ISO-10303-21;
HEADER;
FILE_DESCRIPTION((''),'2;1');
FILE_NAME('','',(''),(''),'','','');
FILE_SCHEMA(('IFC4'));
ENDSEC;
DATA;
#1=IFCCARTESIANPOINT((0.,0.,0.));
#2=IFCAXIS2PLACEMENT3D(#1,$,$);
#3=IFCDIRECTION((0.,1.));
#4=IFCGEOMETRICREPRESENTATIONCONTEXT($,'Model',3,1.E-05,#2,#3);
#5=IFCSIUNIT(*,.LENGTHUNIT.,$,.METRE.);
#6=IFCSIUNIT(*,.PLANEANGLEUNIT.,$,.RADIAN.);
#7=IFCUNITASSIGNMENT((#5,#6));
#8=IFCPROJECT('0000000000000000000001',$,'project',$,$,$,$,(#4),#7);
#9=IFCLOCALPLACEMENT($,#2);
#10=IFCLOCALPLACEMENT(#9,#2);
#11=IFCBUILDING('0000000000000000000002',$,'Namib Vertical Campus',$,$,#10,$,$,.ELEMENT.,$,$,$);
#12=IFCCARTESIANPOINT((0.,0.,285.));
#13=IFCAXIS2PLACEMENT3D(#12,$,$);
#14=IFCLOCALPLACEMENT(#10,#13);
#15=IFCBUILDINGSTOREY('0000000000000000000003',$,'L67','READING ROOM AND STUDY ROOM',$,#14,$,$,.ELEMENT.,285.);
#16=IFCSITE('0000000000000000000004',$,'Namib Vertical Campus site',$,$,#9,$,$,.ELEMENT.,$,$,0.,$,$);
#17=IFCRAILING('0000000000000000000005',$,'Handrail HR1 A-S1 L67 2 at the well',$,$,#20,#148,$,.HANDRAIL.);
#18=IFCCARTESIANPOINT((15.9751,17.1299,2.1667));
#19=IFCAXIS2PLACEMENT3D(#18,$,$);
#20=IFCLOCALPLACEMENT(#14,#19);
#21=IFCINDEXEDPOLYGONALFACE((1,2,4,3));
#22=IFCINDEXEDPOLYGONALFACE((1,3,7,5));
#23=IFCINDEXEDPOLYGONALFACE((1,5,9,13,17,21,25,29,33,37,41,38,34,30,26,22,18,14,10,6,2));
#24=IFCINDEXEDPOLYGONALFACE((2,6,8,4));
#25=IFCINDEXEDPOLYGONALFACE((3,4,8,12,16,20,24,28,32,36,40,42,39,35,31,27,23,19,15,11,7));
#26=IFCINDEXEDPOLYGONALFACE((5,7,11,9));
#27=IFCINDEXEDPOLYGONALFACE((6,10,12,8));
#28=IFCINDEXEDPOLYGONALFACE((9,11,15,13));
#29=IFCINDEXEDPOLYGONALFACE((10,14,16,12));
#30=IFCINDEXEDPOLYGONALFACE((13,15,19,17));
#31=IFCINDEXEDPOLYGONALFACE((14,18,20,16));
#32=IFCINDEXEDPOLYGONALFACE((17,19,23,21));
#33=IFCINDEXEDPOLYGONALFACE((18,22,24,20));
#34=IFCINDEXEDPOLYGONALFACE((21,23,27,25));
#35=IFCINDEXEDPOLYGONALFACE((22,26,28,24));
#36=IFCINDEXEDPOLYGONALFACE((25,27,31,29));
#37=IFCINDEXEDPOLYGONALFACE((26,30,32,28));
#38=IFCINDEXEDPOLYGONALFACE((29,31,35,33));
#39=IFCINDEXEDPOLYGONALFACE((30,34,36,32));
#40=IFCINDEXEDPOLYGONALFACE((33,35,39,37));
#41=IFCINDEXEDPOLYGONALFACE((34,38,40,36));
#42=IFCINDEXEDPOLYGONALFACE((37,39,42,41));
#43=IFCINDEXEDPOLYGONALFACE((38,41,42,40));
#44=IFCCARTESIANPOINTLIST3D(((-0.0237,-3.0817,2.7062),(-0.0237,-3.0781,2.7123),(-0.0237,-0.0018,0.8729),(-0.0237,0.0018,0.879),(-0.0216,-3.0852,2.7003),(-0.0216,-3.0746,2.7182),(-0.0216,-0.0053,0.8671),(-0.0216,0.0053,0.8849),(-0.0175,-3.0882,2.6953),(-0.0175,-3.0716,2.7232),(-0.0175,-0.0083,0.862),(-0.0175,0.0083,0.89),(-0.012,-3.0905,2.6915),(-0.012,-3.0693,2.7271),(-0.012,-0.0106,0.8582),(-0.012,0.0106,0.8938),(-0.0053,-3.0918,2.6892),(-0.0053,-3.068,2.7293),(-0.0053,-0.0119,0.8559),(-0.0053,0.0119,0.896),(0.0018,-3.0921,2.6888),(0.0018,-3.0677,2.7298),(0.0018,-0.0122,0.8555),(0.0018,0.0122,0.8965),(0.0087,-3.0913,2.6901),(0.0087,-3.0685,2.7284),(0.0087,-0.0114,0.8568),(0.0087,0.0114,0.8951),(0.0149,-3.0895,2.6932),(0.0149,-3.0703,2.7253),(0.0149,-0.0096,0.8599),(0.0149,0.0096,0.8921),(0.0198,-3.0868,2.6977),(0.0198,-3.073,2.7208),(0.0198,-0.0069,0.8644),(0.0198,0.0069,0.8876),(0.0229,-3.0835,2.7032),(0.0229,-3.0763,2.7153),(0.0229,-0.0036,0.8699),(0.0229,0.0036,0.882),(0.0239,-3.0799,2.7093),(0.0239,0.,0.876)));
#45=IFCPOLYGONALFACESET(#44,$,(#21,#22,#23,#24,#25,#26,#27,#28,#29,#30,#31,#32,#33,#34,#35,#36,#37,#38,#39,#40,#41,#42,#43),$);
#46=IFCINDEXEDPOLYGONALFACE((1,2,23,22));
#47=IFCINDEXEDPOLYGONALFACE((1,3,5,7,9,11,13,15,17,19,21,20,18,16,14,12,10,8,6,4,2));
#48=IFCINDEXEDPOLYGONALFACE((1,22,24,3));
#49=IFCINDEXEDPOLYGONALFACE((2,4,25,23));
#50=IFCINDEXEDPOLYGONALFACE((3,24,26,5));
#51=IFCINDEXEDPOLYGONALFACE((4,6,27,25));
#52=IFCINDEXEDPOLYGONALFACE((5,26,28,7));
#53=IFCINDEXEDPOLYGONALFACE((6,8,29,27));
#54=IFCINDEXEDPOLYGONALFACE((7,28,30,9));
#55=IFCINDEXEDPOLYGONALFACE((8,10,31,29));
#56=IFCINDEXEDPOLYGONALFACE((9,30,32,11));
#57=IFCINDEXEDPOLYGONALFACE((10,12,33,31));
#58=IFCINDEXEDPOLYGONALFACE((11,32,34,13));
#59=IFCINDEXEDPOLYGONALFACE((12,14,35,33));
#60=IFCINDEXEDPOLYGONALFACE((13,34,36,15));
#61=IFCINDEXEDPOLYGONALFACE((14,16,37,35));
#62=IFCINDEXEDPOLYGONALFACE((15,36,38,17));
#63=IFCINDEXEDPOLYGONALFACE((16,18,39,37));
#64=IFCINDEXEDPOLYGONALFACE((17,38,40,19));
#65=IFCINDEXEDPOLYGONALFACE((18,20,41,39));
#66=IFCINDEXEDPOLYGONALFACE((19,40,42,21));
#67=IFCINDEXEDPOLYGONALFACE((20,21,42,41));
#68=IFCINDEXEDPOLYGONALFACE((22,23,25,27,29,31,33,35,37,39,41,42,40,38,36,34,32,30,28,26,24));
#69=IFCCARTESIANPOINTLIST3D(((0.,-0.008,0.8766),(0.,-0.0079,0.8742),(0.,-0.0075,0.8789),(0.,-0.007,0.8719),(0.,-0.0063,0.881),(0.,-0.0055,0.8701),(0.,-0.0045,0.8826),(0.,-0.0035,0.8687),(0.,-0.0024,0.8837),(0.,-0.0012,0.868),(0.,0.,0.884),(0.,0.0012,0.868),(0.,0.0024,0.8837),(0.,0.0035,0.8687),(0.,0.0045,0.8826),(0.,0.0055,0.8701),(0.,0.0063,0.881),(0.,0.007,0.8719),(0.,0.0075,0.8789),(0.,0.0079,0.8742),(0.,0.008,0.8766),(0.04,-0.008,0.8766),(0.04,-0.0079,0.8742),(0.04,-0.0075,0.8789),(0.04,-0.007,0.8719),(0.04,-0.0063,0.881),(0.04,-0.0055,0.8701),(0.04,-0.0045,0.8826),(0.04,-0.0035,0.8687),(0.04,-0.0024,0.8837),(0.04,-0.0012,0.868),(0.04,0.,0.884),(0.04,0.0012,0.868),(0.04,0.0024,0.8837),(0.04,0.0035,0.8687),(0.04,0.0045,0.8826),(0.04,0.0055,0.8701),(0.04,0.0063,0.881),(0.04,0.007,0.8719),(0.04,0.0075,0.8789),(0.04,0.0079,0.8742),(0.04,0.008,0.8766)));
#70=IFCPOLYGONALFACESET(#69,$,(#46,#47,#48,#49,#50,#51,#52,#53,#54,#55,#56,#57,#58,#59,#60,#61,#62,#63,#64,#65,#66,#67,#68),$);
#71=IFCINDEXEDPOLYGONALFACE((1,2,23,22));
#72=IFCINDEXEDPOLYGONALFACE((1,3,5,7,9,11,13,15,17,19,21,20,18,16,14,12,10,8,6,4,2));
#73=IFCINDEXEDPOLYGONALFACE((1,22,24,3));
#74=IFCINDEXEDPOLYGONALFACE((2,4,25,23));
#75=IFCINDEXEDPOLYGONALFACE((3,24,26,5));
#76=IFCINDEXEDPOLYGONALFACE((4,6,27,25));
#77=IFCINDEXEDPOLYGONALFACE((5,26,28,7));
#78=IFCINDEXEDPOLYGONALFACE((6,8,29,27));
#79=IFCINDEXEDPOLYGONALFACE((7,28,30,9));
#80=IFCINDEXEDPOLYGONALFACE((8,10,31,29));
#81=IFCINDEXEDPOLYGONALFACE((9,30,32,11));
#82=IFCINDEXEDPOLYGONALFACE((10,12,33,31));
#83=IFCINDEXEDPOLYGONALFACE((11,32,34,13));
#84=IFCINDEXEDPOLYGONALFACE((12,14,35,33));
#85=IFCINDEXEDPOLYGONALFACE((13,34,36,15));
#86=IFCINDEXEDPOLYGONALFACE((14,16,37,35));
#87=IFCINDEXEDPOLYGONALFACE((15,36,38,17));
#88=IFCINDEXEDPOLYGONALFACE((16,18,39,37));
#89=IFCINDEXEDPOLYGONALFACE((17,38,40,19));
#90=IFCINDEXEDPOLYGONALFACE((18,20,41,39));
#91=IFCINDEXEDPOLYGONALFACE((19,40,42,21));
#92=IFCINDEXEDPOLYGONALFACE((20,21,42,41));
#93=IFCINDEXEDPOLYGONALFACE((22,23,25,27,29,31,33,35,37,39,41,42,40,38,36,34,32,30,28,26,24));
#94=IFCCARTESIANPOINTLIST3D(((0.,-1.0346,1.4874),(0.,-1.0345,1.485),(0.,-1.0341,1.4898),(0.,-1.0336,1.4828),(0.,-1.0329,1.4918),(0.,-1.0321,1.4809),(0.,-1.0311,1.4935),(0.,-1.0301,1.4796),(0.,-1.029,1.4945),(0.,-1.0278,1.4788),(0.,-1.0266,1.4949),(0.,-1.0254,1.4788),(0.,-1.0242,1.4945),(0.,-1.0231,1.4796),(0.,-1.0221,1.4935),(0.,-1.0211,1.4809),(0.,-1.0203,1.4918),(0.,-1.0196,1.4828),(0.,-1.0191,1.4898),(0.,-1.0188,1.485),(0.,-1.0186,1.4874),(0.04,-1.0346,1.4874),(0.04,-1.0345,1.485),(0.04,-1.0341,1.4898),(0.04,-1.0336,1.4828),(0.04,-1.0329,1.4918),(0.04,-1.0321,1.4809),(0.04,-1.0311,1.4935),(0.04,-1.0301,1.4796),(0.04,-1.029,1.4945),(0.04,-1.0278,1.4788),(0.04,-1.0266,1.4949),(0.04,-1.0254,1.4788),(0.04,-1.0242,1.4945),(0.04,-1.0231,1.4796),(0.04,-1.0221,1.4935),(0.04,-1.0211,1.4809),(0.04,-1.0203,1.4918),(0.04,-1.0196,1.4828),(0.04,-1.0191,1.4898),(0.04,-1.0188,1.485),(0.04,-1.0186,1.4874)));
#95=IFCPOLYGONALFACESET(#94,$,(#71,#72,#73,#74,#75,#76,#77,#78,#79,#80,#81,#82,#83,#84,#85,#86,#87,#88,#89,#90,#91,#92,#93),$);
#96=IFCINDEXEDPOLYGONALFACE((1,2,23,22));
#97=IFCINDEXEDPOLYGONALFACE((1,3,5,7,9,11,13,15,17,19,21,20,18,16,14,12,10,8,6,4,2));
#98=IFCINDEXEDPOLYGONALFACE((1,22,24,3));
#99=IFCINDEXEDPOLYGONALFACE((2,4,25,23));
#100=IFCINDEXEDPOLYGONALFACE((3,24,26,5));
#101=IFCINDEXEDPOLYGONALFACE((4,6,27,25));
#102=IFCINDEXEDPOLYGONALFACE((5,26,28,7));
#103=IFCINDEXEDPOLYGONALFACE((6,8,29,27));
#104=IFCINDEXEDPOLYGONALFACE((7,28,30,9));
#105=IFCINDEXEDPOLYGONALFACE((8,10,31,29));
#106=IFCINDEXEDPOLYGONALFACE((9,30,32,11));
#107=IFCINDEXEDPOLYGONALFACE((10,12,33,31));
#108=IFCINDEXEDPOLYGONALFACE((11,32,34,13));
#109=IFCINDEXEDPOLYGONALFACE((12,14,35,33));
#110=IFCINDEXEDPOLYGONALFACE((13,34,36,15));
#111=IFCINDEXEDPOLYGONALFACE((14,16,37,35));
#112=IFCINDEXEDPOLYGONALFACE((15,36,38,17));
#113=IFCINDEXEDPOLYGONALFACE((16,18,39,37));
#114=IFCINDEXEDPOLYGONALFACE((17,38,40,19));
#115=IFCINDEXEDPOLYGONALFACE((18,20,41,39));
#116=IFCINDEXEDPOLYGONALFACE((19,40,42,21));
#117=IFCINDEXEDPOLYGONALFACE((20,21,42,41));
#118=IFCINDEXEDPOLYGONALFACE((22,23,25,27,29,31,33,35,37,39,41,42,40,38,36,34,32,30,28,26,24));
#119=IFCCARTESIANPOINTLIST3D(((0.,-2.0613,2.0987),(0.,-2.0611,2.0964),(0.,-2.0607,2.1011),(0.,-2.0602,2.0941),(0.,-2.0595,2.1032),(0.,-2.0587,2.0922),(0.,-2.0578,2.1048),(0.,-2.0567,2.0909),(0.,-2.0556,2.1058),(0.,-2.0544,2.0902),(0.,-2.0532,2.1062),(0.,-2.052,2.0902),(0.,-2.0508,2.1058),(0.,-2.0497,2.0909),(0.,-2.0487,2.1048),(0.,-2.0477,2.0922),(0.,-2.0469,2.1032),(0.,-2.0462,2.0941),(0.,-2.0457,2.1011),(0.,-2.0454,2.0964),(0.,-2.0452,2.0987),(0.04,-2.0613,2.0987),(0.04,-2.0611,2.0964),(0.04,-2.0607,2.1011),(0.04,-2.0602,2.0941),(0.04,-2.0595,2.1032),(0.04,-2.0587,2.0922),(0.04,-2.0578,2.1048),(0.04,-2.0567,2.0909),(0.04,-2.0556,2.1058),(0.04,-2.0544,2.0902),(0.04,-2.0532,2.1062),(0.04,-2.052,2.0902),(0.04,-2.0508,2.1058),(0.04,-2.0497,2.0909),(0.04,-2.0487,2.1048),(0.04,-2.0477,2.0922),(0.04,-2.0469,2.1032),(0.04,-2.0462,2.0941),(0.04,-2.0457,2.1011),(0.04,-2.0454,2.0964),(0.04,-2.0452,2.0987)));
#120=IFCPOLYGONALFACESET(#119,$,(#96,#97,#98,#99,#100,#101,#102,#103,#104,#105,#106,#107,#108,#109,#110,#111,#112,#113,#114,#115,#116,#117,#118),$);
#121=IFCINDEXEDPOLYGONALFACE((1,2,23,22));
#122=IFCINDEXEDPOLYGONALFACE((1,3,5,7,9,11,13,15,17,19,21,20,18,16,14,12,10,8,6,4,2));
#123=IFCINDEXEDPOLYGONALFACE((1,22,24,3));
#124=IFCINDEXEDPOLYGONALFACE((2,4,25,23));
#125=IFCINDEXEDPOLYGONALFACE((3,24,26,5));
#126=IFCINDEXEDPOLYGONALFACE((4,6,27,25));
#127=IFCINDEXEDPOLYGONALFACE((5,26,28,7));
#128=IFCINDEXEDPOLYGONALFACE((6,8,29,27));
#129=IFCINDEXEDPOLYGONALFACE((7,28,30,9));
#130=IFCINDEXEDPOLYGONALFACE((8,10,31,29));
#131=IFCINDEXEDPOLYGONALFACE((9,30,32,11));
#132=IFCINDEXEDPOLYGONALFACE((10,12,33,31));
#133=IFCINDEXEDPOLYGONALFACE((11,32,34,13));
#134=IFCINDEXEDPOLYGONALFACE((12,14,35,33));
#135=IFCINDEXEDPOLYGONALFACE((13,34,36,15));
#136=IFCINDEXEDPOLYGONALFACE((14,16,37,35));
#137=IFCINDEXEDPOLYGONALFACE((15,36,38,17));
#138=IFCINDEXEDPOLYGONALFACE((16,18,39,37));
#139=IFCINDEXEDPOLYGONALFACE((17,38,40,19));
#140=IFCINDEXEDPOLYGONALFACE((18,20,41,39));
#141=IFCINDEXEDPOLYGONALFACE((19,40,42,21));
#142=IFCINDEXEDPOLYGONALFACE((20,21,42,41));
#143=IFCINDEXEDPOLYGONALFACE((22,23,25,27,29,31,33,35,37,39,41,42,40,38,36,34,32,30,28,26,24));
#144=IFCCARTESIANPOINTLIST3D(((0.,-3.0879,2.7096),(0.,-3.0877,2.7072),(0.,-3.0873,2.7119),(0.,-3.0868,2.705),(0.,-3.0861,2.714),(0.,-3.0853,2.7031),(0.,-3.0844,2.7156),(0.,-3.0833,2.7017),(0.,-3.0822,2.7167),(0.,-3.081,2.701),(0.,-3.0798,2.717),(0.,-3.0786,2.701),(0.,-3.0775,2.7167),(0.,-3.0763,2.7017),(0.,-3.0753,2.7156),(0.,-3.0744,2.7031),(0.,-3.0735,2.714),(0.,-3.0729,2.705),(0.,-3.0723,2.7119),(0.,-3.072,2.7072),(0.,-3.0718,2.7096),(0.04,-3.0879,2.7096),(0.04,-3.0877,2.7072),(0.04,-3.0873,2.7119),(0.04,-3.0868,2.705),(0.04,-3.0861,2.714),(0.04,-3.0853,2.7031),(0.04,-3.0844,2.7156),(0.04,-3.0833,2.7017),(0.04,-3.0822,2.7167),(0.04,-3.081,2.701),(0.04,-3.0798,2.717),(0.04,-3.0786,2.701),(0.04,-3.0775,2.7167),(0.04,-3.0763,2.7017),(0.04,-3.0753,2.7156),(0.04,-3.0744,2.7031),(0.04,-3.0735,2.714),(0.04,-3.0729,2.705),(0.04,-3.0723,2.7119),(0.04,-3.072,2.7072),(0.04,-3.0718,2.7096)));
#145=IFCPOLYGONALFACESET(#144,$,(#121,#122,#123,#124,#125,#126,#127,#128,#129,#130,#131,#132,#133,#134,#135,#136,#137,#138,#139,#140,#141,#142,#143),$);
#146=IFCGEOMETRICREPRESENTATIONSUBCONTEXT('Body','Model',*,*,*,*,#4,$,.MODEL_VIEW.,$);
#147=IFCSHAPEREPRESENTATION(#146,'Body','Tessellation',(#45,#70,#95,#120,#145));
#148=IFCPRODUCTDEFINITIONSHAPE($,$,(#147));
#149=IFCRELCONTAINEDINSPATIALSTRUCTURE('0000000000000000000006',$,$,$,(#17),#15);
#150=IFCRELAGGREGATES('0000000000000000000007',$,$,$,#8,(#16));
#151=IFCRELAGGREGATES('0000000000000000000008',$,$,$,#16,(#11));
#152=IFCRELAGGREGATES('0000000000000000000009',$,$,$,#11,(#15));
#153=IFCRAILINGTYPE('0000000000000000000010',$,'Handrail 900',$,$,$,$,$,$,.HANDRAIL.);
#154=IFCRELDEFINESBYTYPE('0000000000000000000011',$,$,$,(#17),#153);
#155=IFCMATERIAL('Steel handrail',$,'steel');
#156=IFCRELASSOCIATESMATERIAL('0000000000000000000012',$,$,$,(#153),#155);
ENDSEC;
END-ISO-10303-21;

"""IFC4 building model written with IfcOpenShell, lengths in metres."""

from ifc_helpers import new_model, si_unit, direction, frame, origin, origin_2d, place, context, subcontext, project, spatial, circle, extrude, material, type_object, element, save


model = new_model("IFC4")

# Units and contexts
model_context = context("Model", 3, precision=1e-05, world=origin(), true_north=direction((0.0, 1.0)))
body_context = subcontext(model_context, "Body", "Model", "MODEL_VIEW")
ifc_project = project(units=[si_unit("LENGTHUNIT", "METRE"), si_unit("PLANEANGLEUNIT", "RADIAN")], contexts=[model_context])

# Site, building, storey
site_placement = place(None, origin())
site = spatial("IfcSite", under=ifc_project, at=site_placement, Name="Namib Vertical Campus site", CompositionType="ELEMENT", RefElevation=0.0)
building_placement = place(site_placement, origin())
building = spatial("IfcBuilding", under=site, at=building_placement, Name="Namib Vertical Campus", CompositionType="ELEMENT")
storey_placement = place(building_placement, frame((0.0, 0.0, 285.0)))
storey = spatial("IfcBuildingStorey", under=building, at=storey_placement, Name="L67", Description="READING ROOM AND STUDY ROOM", CompositionType="ELEMENT", Elevation=285.0)

# Railing
ifc_material_1 = material(Name="Steel handrail", Category="steel")
railing_type_1 = type_object("IfcRailingType", Name="Handrail 900", PredefinedType="HANDRAIL", material=ifc_material_1)
railing_1_placement = place(storey_placement, frame((15.9751, 17.1299, 2.1667)))
element("IfcRailing", 1, at=railing_1_placement, inside=storey, type_object=railing_type_1, Name="Handrail HR1 A-S1 L67 2 at the well", PredefinedType="HANDRAIL", context=body_context, shape_type="SweptSolid", body=[
    extrude(circle(Radius=0.0239, at=origin_2d()), frame((0.0, 0.0, 0.876), z_axis=(0.0, -0.859291, 0.511487), x_axis=(1.0, 0.0, 0.0)), (0.0, 0.0, 1.0), 3.5842),
    extrude(circle(Radius=0.0081, at=origin_2d()), frame((0.0, 0.0, 0.876), z_axis=(1.0, 0.0, 0.0), x_axis=(0.0, 0.0, 1.0)), (0.0, 0.0, 1.0), 0.04),
    extrude(circle(Radius=0.0081, at=origin_2d()), frame((0.0, -1.0266, 1.4868), z_axis=(1.0, 0.0, 0.0), x_axis=(0.0, 0.0, 1.0)), (0.0, 0.0, 1.0), 0.04),
    extrude(circle(Radius=0.0081, at=origin_2d()), frame((0.0, -2.0532, 2.0981), z_axis=(1.0, 0.0, 0.0), x_axis=(0.0, 0.0, 1.0)), (0.0, 0.0, 1.0), 0.04),
    extrude(circle(Radius=0.0081, at=origin_2d()), frame((0.0, -3.0798, 2.709), z_axis=(1.0, 0.0, 0.0), x_axis=(0.0, 0.0, 1.0)), (0.0, 0.0, 1.0), 0.04),
])

save(model, "model.ifc")
